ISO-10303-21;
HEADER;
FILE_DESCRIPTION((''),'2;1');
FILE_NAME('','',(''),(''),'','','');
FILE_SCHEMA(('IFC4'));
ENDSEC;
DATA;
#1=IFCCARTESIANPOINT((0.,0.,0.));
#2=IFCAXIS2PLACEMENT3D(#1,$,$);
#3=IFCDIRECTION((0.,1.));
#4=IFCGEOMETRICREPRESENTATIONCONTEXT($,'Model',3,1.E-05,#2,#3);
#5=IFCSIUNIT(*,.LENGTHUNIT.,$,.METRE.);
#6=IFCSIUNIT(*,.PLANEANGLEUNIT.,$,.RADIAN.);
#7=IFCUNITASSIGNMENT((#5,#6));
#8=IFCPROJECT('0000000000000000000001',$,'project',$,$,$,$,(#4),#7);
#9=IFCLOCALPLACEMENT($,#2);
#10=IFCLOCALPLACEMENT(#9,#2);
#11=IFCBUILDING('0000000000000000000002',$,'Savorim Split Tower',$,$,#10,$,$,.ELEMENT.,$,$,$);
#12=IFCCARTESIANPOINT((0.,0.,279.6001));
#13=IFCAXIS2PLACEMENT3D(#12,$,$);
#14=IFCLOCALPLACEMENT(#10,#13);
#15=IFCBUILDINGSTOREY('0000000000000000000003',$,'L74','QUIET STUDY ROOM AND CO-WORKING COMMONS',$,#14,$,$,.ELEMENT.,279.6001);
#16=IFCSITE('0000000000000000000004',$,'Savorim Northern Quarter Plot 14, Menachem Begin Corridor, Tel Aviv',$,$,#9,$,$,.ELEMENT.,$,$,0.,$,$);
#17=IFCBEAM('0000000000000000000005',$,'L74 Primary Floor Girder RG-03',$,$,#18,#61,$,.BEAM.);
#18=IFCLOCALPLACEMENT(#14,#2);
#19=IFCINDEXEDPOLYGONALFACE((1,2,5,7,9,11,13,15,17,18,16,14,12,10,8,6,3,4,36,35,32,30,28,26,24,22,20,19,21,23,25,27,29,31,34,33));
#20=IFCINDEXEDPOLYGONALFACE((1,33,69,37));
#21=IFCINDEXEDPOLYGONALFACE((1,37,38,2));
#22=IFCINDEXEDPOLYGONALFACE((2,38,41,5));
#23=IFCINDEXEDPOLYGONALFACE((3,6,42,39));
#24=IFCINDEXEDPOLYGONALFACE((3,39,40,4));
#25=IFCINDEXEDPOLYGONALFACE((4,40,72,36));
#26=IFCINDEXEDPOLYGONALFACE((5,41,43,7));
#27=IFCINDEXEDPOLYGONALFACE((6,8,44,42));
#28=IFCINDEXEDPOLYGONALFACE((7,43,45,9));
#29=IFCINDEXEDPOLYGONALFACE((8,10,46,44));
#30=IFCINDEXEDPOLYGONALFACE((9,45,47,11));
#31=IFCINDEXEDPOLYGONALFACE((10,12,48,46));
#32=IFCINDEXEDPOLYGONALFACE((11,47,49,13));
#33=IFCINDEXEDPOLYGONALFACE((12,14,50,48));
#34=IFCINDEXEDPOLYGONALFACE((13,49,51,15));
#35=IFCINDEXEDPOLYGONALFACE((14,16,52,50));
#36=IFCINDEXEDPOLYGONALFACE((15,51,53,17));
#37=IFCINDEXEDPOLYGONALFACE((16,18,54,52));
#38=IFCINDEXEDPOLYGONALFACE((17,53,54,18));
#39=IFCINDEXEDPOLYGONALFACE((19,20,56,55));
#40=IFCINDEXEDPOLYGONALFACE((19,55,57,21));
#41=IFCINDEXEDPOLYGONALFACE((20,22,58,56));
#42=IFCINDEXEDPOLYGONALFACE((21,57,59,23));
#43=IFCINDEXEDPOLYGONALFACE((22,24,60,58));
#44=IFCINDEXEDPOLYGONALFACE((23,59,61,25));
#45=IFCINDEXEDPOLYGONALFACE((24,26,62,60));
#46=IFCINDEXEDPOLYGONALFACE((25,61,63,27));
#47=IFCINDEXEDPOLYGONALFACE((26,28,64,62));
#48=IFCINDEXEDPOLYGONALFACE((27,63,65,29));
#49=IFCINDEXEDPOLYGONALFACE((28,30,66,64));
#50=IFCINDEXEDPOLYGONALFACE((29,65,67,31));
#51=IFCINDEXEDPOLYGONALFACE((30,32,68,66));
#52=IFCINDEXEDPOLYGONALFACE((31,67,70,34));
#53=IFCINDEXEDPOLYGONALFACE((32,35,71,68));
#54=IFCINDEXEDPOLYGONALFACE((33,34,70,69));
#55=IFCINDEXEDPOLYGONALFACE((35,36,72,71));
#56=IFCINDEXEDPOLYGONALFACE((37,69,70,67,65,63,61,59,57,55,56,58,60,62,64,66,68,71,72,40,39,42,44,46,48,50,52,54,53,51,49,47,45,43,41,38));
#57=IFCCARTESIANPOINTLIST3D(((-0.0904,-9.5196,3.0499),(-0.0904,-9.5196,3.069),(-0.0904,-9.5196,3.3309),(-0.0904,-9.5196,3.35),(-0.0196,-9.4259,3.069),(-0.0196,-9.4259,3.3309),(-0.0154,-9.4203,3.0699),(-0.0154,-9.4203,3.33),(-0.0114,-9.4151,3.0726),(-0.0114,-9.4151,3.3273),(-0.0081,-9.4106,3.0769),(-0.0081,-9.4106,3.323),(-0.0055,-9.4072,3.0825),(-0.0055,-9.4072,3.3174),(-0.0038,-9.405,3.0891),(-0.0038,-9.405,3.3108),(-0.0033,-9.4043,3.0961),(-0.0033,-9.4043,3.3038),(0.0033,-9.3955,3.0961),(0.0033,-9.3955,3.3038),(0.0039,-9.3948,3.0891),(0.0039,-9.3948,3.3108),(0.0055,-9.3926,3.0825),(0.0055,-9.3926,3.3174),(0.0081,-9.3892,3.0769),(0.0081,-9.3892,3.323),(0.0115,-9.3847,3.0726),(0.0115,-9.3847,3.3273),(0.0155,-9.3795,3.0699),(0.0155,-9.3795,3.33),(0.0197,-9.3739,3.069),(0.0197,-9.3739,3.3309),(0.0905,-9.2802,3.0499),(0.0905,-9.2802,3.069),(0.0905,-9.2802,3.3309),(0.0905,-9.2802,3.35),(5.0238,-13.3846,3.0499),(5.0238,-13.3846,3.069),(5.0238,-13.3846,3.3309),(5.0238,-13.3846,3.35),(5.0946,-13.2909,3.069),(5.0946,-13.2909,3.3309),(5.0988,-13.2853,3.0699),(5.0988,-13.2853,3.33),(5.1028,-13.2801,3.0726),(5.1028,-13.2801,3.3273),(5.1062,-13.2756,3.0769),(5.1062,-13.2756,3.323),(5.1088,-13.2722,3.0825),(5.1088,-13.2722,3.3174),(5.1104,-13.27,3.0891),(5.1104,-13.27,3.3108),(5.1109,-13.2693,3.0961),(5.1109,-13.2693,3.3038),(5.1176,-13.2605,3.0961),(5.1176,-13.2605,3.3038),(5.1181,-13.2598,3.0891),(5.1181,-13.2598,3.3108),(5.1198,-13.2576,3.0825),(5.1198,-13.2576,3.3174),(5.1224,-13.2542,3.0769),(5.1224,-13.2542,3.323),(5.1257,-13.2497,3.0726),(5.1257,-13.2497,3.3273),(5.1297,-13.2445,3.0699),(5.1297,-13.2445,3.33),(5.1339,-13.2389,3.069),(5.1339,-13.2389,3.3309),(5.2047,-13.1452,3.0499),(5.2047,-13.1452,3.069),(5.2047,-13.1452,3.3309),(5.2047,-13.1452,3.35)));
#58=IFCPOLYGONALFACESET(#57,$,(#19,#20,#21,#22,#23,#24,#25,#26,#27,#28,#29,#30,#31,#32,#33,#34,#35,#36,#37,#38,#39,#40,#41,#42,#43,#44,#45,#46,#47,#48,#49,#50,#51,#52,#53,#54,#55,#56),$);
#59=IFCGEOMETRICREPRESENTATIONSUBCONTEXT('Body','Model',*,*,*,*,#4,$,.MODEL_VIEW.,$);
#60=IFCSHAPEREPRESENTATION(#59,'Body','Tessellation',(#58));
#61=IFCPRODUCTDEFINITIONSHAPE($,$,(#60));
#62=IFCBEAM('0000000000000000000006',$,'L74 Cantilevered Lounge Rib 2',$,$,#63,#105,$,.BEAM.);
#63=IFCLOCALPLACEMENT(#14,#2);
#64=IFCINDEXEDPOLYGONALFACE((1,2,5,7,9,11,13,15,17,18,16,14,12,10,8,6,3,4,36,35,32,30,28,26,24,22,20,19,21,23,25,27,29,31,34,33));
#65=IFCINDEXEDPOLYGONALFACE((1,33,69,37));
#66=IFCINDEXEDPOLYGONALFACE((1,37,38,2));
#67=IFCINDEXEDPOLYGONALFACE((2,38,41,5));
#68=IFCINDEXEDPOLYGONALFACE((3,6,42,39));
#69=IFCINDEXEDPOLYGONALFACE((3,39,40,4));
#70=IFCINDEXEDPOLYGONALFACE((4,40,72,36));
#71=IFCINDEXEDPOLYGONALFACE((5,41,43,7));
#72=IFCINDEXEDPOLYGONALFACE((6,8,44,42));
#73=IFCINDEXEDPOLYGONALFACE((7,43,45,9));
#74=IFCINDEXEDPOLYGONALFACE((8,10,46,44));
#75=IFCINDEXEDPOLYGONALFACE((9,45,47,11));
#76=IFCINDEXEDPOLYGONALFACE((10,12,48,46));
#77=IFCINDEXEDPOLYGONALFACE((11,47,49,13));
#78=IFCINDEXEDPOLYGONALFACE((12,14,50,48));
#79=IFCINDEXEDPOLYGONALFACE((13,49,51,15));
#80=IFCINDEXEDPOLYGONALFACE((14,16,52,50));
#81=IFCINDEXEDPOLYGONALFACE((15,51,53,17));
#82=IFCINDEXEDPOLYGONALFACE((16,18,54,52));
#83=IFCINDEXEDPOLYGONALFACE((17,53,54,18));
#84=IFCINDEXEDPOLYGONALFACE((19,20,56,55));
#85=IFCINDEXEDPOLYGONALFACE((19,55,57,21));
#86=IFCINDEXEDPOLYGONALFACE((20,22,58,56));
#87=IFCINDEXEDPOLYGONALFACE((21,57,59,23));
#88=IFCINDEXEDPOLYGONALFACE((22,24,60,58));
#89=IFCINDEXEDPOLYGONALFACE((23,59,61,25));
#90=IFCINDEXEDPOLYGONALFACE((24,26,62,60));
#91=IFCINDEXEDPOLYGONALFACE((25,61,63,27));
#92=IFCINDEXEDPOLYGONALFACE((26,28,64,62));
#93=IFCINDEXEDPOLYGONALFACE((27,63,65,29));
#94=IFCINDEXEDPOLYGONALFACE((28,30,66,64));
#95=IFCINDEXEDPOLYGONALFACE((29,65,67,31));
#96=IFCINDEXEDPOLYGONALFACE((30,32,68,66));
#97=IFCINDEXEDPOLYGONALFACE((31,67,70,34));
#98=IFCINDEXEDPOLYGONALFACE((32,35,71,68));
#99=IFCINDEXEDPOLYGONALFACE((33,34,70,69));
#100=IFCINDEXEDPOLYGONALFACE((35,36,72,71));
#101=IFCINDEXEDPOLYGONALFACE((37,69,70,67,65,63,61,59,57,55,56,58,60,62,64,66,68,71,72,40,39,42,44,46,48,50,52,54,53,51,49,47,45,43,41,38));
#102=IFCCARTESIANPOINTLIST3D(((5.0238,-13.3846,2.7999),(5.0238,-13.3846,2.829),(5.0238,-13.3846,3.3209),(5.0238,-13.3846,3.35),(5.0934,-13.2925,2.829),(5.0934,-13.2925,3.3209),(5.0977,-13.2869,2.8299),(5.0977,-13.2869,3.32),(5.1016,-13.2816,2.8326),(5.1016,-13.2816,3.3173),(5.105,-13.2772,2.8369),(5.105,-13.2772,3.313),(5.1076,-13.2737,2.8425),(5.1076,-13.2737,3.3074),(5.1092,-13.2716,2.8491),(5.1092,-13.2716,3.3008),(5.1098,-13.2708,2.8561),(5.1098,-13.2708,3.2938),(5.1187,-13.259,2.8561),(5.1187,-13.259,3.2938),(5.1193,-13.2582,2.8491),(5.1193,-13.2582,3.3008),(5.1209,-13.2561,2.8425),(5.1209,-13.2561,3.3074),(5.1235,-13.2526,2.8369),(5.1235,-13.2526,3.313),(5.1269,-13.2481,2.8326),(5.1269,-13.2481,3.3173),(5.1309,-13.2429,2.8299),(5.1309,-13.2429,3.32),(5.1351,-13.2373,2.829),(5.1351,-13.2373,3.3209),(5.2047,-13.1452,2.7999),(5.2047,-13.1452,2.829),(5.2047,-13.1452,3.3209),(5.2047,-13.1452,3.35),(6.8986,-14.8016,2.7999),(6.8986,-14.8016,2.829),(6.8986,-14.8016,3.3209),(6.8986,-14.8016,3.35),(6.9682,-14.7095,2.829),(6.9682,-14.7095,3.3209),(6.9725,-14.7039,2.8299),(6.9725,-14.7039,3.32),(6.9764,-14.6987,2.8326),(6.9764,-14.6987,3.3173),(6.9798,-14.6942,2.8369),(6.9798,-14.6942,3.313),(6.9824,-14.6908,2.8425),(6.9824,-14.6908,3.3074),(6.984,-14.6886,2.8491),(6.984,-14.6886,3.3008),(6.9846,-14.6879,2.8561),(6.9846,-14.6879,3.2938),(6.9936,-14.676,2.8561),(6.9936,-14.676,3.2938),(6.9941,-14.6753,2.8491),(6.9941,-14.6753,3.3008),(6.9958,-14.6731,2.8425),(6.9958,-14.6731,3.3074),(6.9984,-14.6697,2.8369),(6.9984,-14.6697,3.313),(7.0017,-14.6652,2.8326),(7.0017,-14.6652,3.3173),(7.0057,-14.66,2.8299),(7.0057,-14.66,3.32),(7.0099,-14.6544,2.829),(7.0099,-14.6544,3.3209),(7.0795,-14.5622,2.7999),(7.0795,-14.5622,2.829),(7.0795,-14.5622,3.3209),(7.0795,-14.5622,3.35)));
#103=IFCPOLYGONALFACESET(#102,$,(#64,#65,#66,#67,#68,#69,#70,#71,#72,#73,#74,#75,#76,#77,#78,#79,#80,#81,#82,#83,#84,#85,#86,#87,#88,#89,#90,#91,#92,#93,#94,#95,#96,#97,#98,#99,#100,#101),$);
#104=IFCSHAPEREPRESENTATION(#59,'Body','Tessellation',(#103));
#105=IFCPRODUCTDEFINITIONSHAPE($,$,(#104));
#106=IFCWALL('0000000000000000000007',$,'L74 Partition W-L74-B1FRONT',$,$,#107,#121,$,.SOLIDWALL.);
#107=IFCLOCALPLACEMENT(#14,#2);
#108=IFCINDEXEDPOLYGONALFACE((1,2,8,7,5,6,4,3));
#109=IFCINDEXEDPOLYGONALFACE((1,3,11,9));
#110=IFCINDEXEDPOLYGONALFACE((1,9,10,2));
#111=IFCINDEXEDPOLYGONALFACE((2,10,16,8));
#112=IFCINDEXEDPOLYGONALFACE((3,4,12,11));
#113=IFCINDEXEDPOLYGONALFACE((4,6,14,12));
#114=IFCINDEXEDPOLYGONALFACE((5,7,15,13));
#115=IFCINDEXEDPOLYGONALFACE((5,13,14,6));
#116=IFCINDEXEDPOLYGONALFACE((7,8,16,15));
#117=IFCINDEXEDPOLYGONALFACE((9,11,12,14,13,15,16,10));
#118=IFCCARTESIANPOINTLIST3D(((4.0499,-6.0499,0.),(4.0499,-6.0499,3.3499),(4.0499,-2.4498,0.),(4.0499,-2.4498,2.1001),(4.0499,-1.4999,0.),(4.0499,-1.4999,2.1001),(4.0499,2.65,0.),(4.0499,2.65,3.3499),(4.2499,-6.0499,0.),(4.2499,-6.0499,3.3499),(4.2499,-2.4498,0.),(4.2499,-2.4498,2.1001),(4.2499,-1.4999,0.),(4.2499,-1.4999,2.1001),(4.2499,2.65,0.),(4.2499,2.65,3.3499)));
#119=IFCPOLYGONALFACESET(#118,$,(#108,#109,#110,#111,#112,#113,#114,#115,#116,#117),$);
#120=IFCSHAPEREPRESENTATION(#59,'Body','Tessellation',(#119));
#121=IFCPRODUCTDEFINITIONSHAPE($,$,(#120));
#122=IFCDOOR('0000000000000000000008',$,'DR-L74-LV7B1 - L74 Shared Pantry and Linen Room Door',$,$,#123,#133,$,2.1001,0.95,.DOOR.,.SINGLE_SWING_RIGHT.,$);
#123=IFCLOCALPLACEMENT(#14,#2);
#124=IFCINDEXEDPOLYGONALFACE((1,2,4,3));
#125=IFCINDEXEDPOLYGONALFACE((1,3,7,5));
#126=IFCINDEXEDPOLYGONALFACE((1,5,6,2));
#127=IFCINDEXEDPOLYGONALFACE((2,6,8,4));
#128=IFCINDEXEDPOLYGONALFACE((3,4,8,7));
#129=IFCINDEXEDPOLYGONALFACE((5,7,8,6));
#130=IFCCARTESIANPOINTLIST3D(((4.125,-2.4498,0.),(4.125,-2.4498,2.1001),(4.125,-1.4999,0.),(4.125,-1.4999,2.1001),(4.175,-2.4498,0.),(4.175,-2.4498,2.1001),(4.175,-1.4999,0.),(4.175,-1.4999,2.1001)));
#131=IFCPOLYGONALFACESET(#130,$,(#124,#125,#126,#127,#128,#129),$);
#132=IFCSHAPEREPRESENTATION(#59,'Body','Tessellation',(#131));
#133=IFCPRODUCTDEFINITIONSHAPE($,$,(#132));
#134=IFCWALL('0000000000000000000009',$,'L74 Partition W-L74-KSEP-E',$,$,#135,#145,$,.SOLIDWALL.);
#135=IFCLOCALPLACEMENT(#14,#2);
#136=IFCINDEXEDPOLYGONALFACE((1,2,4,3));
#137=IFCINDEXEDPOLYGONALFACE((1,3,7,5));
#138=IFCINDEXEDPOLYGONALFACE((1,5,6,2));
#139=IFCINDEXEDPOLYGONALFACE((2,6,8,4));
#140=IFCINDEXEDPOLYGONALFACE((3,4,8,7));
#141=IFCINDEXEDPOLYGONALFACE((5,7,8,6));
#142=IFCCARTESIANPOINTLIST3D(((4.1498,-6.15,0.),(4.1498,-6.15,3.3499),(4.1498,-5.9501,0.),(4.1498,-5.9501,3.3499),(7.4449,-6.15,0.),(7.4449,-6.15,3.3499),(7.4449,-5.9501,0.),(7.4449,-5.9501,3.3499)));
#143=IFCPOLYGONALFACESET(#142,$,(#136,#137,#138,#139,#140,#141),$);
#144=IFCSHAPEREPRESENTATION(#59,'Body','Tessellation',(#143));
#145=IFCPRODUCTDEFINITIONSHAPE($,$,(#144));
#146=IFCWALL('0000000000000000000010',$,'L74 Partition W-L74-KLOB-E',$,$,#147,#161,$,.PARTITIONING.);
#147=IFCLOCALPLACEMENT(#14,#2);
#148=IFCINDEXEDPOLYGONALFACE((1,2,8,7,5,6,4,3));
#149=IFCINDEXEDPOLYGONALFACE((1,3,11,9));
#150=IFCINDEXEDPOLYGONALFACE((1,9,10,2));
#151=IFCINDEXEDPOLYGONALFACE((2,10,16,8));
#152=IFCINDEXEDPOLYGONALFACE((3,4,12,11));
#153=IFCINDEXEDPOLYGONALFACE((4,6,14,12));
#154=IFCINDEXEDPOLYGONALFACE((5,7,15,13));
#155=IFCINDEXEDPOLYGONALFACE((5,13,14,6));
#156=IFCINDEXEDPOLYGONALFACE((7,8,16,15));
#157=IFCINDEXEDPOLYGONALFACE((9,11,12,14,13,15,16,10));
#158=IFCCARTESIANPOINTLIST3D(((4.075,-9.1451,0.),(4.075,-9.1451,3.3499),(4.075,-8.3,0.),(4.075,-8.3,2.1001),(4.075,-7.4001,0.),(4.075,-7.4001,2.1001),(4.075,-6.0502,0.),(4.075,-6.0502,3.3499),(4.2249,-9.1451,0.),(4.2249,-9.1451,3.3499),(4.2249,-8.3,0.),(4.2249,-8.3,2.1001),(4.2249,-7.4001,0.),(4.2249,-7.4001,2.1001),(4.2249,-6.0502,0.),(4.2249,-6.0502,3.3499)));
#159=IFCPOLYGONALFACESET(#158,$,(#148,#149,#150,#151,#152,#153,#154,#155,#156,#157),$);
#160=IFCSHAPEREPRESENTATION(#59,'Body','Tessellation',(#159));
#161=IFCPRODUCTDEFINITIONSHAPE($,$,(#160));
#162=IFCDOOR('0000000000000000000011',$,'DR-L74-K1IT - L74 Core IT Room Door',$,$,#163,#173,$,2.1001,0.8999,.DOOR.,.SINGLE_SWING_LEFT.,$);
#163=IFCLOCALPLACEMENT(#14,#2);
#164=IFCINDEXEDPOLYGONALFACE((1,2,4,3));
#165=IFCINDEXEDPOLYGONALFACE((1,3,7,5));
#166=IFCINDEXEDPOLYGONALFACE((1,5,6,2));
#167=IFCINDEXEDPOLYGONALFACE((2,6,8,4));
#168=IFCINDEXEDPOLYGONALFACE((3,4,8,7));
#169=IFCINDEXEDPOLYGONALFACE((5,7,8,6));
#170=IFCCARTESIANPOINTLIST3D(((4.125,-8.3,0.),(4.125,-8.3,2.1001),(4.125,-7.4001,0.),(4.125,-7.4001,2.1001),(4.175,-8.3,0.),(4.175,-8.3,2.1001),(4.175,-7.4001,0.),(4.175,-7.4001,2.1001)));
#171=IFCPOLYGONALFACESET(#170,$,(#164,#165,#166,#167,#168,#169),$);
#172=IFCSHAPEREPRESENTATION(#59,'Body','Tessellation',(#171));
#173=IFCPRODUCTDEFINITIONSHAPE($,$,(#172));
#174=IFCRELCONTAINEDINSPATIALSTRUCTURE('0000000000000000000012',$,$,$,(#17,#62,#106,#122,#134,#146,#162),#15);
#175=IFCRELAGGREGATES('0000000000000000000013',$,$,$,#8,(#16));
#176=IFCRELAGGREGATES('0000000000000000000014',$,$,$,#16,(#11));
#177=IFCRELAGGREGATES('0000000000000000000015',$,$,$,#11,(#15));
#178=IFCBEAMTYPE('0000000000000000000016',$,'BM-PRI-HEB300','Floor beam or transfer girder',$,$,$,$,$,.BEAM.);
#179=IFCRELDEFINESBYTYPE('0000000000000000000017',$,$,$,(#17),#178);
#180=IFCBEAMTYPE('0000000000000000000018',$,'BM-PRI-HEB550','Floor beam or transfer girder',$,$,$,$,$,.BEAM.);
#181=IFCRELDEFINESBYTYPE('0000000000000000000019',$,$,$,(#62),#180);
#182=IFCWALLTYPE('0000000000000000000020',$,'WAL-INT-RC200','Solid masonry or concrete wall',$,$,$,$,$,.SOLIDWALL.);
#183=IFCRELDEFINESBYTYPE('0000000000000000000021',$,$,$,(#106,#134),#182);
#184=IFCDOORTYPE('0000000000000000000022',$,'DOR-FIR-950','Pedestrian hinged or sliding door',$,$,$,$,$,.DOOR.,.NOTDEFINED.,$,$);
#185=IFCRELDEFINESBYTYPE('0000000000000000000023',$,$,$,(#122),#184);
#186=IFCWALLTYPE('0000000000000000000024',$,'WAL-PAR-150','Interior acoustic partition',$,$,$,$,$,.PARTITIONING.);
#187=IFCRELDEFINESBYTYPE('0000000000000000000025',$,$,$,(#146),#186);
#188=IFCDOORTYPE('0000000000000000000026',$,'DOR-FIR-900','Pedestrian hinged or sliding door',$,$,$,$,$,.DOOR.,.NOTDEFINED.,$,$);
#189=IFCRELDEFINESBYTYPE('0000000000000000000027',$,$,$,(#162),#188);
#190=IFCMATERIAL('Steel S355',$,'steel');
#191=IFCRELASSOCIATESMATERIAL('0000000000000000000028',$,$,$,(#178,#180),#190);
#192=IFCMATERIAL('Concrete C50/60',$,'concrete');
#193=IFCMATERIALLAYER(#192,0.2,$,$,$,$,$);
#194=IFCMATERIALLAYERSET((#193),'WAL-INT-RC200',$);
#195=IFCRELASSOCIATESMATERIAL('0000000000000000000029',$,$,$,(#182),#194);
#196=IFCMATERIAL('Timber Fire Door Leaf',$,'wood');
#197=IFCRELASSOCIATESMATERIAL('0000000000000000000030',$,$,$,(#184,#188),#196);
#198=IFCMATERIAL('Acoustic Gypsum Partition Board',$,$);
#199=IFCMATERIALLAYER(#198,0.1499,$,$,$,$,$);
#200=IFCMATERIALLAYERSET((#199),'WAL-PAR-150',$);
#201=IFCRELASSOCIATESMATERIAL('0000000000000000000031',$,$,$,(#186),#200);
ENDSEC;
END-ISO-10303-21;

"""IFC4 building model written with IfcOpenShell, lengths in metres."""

from ifc_helpers import new_model, si_unit, direction, frame, frame_2d, origin, origin_2d, place, context, subcontext, project, spatial, rectangle, i_section, extrude, material, layer, layer_set, material_profile, profile_set, type_object, element, fill, save


model = new_model("IFC4")

# Units and contexts
model_context = context("Model", 3, precision=1e-05, world=origin(), true_north=direction((0.0, 1.0)))
body_context = subcontext(model_context, "Body", "Model", "MODEL_VIEW")
ifc_project = project(units=[si_unit("LENGTHUNIT", "METRE"), si_unit("PLANEANGLEUNIT", "RADIAN")], contexts=[model_context])

# Site, building, storey
site_placement = place(None, origin())
site = spatial("IfcSite", under=ifc_project, at=site_placement, Name="Savorim Northern Quarter Plot 14, Menachem Begin Corridor, Tel Aviv", CompositionType="ELEMENT", RefElevation=0.0)
building_placement = place(site_placement, origin())
building = spatial("IfcBuilding", under=site, at=building_placement, Name="Savorim Split Tower", CompositionType="ELEMENT")
storey_placement = place(building_placement, frame((0.0, 0.0, 279.6001)))
storey = spatial("IfcBuildingStorey", under=building, at=storey_placement, Name="L74", Description="QUIET STUDY ROOM AND CO-WORKING COMMONS", CompositionType="ELEMENT", Elevation=279.6001)

# Shared definitions
ifc_material_1 = material(Name="Steel S355", Category="steel")

# Beams
ifc_material_profile_1 = material_profile(ifc_material_1, i_section(OverallWidth=0.3, OverallDepth=0.3, WebThickness=0.011, FlangeThickness=0.019, FilletRadius=0.0271, at=origin_2d()), Name="HEB 300")
ifc_profile_set_1 = profile_set([ifc_material_profile_1], Name="Steel S355")
beam_type_1 = type_object("IfcBeamType", Name="BM-PRI-HEB300", Description="Floor beam or transfer girder", PredefinedType="BEAM", material=ifc_profile_set_1)
beam_1_placement = place(storey_placement, frame((5.1143, -13.2649, 3.2), z_axis=(-0.797801, 0.602921, 0.0), x_axis=(-0.602921, -0.797801, 0.0)))
element("IfcBeam", 1, at=beam_1_placement, inside=storey, type_object=beam_type_1, Name="L74 Primary Floor Girder RG-03", PredefinedType="BEAM", context=body_context, shape_type="SweptSolid", body=[
    extrude(i_section(OverallWidth=0.3, OverallDepth=0.3, WebThickness=0.011, FlangeThickness=0.019, FilletRadius=0.0271, at=origin_2d()), origin(), (0.0, 0.0, 1.0), 6.4104),
])
ifc_material_profile_2 = material_profile(ifc_material_1, i_section(OverallWidth=0.3, OverallDepth=0.55, WebThickness=0.0149, FlangeThickness=0.0291, FilletRadius=0.0271, at=origin_2d()), Name="HEB 550")
ifc_profile_set_2 = profile_set([ifc_material_profile_2], Name="Steel S355")
beam_type_2 = type_object("IfcBeamType", Name="BM-PRI-HEB550", Description="Floor beam or transfer girder", PredefinedType="BEAM", material=ifc_profile_set_2)
beam_2_placement = place(storey_placement, frame((5.1143, -13.2649, 3.075), z_axis=(0.797763, -0.602971, 0.0), x_axis=(0.602971, 0.797763, 0.0)))
element("IfcBeam", 2, at=beam_2_placement, inside=storey, type_object=beam_type_2, Name="L74 Cantilevered Lounge Rib 2", PredefinedType="BEAM", context=body_context, shape_type="SweptSolid", body=[
    extrude(i_section(OverallWidth=0.3, OverallDepth=0.55, WebThickness=0.0149, FlangeThickness=0.0291, FilletRadius=0.0271, at=origin_2d()), origin(), (0.0, 0.0, 1.0), 2.3501),
])

# Wall, opening, door
ifc_material_2 = material(Name="Concrete C50/60", Category="concrete")
ifc_layer_1 = layer(ifc_material_2, 0.2)
ifc_layer_set_1 = layer_set([ifc_layer_1], Name="WAL-INT-RC200")
wall_type_1 = type_object("IfcWallType", Name="WAL-INT-RC200", Description="Solid masonry or concrete wall", PredefinedType="SOLIDWALL", material=ifc_layer_set_1)
wall_1_placement = place(storey_placement, frame((4.1499, -6.05, 0.0), z_axis=(0.0, 0.0, 1.0), x_axis=(0.0, 1.0, 0.0)))
wall_1 = element("IfcWall", 3, at=wall_1_placement, inside=storey, type_object=wall_type_1, Name="L74 Partition W-L74-B1FRONT", PredefinedType="SOLIDWALL", context=body_context, shape_type="SweptSolid", body=[
    extrude(rectangle(XDim=8.7, YDim=0.2, at=frame_2d((4.3501, 0.0))), origin(), (0.0, 0.0, 1.0), 3.3499),
])
opening_1_placement = place(wall_1_placement, frame((3.6001, 0.0, 0.0)))
opening_1 = element("IfcOpeningElement", 4, at=opening_1_placement, cuts=wall_1, PredefinedType="OPENING", context=body_context, shape_type="SweptSolid", body=[
    extrude(rectangle(XDim=0.95, YDim=2.1001, at=frame_2d((0.4751, 1.05))), frame((0.0, 0.1099, 0.0), z_axis=(0.0, -1.0, 0.0), x_axis=(1.0, 0.0, 0.0)), (0.0, 0.0, 1.0), 0.22),
])
ifc_material_3 = material(Name="Timber Fire Door Leaf", Category="wood")
door_type_1 = type_object("IfcDoorType", Name="DOR-FIR-950", Description="Pedestrian hinged or sliding door", OperationType="NOTDEFINED", PredefinedType="DOOR", material=ifc_material_3)
door_1_placement = place(opening_1_placement, origin())
door_1 = element("IfcDoor", 5, at=door_1_placement, inside=storey, type_object=door_type_1, Name="DR-L74-LV7B1 - L74 Shared Pantry and Linen Room Door", OperationType="SINGLE_SWING_RIGHT", OverallHeight=2.1001, OverallWidth=0.95, PredefinedType="DOOR", context=body_context, shape_type="SweptSolid", body=[
    extrude(rectangle(XDim=0.95, YDim=2.1001, at=frame_2d((0.4751, 1.05))), frame((0.0, 0.0249, 0.0), z_axis=(0.0, -1.0, 0.0), x_axis=(1.0, 0.0, 0.0)), (0.0, 0.0, 1.0), 0.05),
])
fill(opening_1, door_1)

# Wall
wall_2_placement = place(storey_placement, frame((4.1499, -6.05, 0.0), z_axis=(0.0, 0.0, 1.0), x_axis=(1.0, 0.0, 0.0)))
element("IfcWall", 6, at=wall_2_placement, inside=storey, type_object=wall_type_1, Name="L74 Partition W-L74-KSEP-E", PredefinedType="SOLIDWALL", context=body_context, shape_type="SweptSolid", body=[
    extrude(rectangle(XDim=3.2952, YDim=0.2, at=frame_2d((1.6475, 0.0))), origin(), (0.0, 0.0, 1.0), 3.3499),
])

# Wall, opening, door
ifc_material_4 = material(Name="Acoustic Gypsum Partition Board")
ifc_layer_2 = layer(ifc_material_4, 0.1499)
ifc_layer_set_2 = layer_set([ifc_layer_2], Name="WAL-PAR-150")
wall_type_2 = type_object("IfcWallType", Name="WAL-PAR-150", Description="Interior acoustic partition", PredefinedType="PARTITIONING", material=ifc_layer_set_2)
wall_3_placement = place(storey_placement, frame((4.1499, -9.145, 0.0), z_axis=(0.0, 0.0, 1.0), x_axis=(0.0, 1.0, 0.0)))
wall_3 = element("IfcWall", 7, at=wall_3_placement, inside=storey, type_object=wall_type_2, Name="L74 Partition W-L74-KLOB-E", PredefinedType="PARTITIONING", context=body_context, shape_type="SweptSolid", body=[
    extrude(rectangle(XDim=3.095, YDim=0.1499, at=frame_2d((1.5474, 0.0))), origin(), (0.0, 0.0, 1.0), 3.3499),
])
opening_2_placement = place(wall_3_placement, frame((0.845, 0.0, 0.0)))
opening_2 = element("IfcOpeningElement", 8, at=opening_2_placement, cuts=wall_3, PredefinedType="OPENING", context=body_context, shape_type="SweptSolid", body=[
    extrude(rectangle(XDim=0.8999, YDim=2.1001, at=frame_2d((0.45, 1.05))), frame((0.0, 0.085, 0.0), z_axis=(0.0, -1.0, 0.0), x_axis=(1.0, 0.0, 0.0)), (0.0, 0.0, 1.0), 0.1699),
])
door_type_2 = type_object("IfcDoorType", Name="DOR-FIR-900", Description="Pedestrian hinged or sliding door", OperationType="NOTDEFINED", PredefinedType="DOOR", material=ifc_material_3)
door_2_placement = place(opening_2_placement, origin())
door_2 = element("IfcDoor", 9, at=door_2_placement, inside=storey, type_object=door_type_2, Name="DR-L74-K1IT - L74 Core IT Room Door", OperationType="SINGLE_SWING_LEFT", OverallHeight=2.1001, OverallWidth=0.8999, PredefinedType="DOOR", context=body_context, shape_type="SweptSolid", body=[
    extrude(rectangle(XDim=0.8999, YDim=2.1001, at=frame_2d((0.45, 1.05))), frame((0.0, 0.0249, 0.0), z_axis=(0.0, -1.0, 0.0), x_axis=(1.0, 0.0, 0.0)), (0.0, 0.0, 1.0), 0.05),
])
fill(opening_2, door_2)

save(model, "model.ifc")
